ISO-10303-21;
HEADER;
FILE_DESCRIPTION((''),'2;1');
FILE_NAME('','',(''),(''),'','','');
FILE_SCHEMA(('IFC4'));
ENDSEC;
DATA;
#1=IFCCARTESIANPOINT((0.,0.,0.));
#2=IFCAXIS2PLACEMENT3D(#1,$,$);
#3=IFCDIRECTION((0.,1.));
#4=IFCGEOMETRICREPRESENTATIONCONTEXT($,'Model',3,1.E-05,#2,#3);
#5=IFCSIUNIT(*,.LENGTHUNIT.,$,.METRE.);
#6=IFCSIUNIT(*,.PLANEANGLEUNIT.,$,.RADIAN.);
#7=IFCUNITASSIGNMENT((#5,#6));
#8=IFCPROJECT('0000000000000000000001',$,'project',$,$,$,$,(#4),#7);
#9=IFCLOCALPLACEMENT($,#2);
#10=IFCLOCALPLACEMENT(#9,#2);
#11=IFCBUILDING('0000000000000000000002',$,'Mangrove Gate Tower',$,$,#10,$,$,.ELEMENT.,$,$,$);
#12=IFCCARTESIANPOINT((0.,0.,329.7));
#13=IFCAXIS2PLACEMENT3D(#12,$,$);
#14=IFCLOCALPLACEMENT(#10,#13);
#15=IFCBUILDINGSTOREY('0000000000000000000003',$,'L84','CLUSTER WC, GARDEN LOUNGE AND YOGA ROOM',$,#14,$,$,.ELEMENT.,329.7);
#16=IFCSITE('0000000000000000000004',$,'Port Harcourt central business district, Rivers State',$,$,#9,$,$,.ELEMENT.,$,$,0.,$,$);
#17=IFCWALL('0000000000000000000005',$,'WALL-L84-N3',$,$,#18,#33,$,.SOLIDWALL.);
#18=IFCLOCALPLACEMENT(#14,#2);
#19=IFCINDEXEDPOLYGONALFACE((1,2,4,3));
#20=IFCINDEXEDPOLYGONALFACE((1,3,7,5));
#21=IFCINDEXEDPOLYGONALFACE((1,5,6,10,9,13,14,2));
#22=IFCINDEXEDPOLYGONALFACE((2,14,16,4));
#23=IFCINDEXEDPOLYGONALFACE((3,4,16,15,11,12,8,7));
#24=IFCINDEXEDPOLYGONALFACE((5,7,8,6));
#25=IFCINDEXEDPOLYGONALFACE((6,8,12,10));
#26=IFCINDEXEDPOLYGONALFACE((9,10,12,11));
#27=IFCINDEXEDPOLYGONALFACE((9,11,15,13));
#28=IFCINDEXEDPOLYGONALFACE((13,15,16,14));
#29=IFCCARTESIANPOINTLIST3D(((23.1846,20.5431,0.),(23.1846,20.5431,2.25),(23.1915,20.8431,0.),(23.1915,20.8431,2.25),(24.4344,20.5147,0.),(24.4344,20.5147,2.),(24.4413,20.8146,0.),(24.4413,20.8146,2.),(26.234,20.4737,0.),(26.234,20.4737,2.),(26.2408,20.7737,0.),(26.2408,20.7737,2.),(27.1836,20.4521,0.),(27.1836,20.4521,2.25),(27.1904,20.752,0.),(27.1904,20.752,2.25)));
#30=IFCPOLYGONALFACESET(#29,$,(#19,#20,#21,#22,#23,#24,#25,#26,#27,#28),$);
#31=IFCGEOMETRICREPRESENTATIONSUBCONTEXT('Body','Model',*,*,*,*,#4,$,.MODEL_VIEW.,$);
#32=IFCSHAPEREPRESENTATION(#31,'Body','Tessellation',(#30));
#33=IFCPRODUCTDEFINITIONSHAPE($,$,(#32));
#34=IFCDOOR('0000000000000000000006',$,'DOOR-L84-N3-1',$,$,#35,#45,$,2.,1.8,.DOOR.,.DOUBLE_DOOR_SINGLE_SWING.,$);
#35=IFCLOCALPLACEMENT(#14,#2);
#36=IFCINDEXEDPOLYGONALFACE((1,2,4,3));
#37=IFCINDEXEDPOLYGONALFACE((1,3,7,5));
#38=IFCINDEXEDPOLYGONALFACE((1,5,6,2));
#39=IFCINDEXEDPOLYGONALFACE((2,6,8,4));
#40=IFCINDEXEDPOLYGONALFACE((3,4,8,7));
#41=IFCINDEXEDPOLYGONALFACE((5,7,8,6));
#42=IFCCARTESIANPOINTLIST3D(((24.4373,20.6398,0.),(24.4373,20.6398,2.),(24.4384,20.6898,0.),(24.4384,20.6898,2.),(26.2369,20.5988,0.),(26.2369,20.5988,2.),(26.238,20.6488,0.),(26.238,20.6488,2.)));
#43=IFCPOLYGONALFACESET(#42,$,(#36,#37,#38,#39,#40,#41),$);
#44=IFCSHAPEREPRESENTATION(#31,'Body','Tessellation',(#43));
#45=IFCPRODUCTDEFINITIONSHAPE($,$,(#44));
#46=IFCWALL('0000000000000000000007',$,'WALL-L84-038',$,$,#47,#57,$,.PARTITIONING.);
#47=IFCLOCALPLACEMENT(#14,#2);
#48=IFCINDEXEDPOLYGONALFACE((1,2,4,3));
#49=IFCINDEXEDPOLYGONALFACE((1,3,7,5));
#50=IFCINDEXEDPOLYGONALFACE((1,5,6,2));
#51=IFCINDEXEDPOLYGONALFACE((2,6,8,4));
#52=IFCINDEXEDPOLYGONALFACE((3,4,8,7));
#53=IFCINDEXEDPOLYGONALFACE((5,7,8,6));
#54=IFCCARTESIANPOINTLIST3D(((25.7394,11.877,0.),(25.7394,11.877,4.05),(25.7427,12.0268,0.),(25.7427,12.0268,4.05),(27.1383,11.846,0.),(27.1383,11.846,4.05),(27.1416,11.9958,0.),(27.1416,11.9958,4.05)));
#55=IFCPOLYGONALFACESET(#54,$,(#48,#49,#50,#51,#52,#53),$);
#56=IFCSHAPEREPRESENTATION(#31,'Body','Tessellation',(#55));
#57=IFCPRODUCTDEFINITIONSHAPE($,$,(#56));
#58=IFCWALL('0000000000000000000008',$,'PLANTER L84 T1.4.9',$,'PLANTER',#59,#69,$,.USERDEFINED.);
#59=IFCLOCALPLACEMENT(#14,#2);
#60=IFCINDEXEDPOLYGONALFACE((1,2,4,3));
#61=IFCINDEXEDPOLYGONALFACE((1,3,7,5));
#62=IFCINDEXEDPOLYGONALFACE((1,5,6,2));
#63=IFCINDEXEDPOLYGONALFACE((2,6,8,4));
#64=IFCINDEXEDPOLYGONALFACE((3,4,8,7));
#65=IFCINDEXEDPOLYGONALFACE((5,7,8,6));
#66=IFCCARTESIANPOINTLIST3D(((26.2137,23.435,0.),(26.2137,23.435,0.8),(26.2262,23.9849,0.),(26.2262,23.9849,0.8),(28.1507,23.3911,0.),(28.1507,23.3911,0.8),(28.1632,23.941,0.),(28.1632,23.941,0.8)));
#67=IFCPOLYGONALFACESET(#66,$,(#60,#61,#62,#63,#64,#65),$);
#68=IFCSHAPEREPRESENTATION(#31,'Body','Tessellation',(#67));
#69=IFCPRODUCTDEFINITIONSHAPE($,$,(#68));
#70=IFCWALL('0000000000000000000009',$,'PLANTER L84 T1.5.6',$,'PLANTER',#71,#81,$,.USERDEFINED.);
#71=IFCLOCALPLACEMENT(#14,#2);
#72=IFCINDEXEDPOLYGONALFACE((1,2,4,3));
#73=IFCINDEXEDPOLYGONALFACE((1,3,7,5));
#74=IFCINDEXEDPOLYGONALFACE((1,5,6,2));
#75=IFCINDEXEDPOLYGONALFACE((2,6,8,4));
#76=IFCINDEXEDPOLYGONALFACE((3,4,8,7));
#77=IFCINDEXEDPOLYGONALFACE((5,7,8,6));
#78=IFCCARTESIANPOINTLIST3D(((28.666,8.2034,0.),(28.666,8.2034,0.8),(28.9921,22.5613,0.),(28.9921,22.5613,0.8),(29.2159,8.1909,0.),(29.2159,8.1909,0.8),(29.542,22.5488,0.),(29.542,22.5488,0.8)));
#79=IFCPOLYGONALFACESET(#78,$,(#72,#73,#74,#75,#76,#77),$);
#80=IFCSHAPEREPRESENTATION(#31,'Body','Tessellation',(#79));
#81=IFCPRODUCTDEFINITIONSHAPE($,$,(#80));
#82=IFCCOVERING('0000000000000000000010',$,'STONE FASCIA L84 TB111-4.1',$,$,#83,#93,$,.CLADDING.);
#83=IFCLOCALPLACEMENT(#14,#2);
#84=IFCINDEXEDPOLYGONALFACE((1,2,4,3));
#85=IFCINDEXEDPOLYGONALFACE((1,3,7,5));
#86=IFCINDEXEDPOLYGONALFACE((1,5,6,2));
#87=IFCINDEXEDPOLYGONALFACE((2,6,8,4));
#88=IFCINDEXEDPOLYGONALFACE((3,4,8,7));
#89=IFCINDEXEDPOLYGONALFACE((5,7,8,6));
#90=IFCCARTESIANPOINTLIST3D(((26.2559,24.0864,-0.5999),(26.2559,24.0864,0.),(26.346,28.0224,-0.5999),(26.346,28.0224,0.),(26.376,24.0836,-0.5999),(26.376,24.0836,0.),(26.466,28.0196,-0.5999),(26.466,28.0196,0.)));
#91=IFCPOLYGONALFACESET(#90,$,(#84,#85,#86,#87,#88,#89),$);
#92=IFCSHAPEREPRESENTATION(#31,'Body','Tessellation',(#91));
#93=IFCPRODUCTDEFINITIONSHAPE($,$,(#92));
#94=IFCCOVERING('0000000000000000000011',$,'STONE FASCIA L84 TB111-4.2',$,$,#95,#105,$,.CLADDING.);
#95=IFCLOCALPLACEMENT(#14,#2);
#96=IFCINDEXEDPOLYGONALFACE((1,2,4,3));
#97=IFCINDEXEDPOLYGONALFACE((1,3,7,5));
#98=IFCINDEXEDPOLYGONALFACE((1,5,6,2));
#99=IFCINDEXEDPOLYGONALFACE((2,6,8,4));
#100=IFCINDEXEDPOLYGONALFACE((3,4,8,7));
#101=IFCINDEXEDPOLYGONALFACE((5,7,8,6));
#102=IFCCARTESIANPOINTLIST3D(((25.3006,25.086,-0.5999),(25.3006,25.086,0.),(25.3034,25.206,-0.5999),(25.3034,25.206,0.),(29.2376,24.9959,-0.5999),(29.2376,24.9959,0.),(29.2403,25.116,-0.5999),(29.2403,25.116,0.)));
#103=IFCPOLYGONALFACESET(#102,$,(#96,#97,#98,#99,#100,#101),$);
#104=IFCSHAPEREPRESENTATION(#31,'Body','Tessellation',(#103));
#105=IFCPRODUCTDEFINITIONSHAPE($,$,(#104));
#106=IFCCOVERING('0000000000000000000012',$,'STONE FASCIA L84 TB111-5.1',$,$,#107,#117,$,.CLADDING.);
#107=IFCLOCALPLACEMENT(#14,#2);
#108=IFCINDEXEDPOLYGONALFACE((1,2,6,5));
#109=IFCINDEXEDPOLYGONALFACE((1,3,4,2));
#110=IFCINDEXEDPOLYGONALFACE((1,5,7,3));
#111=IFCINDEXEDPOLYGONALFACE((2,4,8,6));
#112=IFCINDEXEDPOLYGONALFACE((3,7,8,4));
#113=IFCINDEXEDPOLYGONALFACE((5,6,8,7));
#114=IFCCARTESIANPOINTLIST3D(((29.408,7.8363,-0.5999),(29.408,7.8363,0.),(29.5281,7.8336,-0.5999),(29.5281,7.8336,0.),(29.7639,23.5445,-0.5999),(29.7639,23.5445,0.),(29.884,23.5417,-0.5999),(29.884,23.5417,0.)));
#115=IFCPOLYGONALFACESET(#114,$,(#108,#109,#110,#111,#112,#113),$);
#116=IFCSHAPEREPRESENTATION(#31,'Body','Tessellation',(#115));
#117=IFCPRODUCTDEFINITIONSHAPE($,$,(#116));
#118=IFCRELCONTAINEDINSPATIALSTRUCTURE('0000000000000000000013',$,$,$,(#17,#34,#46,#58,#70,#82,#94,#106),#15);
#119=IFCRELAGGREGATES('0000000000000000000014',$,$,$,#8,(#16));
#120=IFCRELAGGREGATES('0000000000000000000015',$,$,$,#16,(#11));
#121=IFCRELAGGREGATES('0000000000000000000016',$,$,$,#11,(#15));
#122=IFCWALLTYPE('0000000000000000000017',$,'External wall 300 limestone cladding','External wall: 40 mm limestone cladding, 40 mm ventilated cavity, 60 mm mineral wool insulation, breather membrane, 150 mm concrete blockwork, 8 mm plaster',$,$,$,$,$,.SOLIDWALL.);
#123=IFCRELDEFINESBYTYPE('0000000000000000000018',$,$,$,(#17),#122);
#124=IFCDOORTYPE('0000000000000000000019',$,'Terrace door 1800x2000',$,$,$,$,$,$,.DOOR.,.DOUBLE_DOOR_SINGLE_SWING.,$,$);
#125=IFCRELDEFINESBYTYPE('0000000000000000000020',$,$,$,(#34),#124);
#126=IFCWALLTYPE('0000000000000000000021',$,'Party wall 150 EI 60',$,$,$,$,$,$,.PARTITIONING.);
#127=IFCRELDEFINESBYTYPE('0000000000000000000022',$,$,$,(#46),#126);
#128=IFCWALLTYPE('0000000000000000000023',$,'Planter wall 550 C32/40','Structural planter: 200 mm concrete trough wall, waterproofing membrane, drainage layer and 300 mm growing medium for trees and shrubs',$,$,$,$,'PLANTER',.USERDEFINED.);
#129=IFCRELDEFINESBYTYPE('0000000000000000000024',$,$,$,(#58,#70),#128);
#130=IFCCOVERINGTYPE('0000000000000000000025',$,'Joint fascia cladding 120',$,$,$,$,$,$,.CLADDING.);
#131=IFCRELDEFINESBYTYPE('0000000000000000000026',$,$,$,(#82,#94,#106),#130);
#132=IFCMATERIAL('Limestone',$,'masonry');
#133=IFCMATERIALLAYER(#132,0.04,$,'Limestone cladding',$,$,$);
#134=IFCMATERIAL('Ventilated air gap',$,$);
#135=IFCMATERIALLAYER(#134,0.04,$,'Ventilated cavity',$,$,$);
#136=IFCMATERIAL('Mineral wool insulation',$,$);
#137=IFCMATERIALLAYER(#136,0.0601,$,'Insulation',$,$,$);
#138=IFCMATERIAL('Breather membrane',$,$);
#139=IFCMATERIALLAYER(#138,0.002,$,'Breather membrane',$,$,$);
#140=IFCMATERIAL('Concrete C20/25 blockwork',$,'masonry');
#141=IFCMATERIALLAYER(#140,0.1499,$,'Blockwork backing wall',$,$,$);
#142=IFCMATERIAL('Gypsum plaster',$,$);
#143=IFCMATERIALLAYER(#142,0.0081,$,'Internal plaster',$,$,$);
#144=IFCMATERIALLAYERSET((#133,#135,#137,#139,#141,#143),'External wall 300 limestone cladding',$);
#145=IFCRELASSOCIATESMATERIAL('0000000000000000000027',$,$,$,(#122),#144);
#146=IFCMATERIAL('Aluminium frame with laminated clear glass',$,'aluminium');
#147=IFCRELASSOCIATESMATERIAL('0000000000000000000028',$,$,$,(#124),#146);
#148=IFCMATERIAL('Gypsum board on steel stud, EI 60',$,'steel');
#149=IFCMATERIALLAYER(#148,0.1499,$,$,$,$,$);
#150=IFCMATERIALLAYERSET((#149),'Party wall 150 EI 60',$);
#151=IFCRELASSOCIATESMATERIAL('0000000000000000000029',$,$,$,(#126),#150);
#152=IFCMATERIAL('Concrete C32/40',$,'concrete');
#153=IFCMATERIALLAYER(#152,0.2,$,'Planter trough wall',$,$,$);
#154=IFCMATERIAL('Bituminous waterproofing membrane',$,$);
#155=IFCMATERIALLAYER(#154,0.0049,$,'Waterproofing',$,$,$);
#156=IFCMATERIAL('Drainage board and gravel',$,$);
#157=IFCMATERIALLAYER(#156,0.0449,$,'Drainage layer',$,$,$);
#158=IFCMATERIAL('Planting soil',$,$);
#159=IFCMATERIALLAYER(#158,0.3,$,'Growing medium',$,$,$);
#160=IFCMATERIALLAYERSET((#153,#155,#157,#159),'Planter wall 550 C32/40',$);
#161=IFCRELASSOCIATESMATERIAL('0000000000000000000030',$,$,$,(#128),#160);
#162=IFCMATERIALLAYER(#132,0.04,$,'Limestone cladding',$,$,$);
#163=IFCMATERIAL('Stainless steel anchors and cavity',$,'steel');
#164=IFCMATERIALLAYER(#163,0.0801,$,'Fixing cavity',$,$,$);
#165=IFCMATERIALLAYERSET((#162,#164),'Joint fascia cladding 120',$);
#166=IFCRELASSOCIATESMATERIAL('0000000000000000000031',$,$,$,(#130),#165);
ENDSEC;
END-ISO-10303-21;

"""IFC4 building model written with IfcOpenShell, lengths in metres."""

from ifc_helpers import new_model, si_unit, direction, frame, frame_2d, origin, place, context, subcontext, project, spatial, rectangle, extrude, material, layer, layer_set, type_object, element, fill, save


model = new_model("IFC4")

# Units and contexts
model_context = context("Model", 3, precision=1e-05, world=origin(), true_north=direction((0.0, 1.0)))
body_context = subcontext(model_context, "Body", "Model", "MODEL_VIEW")
ifc_project = project(units=[si_unit("LENGTHUNIT", "METRE"), si_unit("PLANEANGLEUNIT", "RADIAN")], contexts=[model_context])

# Site, building, storey
site_placement = place(None, origin())
site = spatial("IfcSite", under=ifc_project, at=site_placement, Name="Port Harcourt central business district, Rivers State", CompositionType="ELEMENT", RefElevation=0.0)
building_placement = place(site_placement, origin())
building = spatial("IfcBuilding", under=site, at=building_placement, Name="Mangrove Gate Tower", CompositionType="ELEMENT")
storey_placement = place(building_placement, frame((0.0, 0.0, 329.7)))
storey = spatial("IfcBuildingStorey", under=building, at=storey_placement, Name="L84", Description="CLUSTER WC, GARDEN LOUNGE AND YOGA ROOM", CompositionType="ELEMENT", Elevation=329.7)

# Wall, opening, door
ifc_material_1 = material(Name="Limestone", Category="masonry")
ifc_layer_1 = layer(ifc_material_1, 0.04, Name="Limestone cladding")
ifc_material_2 = material(Name="Ventilated air gap")
ifc_layer_2 = layer(ifc_material_2, 0.04, Name="Ventilated cavity")
ifc_material_3 = material(Name="Mineral wool insulation")
ifc_layer_3 = layer(ifc_material_3, 0.0601, Name="Insulation")
ifc_material_4 = material(Name="Breather membrane")
ifc_layer_4 = layer(ifc_material_4, 0.002, Name="Breather membrane")
ifc_material_5 = material(Name="Concrete C20/25 blockwork", Category="masonry")
ifc_layer_5 = layer(ifc_material_5, 0.1499, Name="Blockwork backing wall")
ifc_material_6 = material(Name="Gypsum plaster")
ifc_layer_6 = layer(ifc_material_6, 0.0081, Name="Internal plaster")
ifc_layer_set_1 = layer_set([ifc_layer_1, ifc_layer_2, ifc_layer_3, ifc_layer_4, ifc_layer_5, ifc_layer_6], Name="External wall 300 limestone cladding")
wall_type_1 = type_object("IfcWallType", Name="External wall 300 limestone cladding", Description="External wall: 40 mm limestone cladding, 40 mm ventilated cavity, 60 mm mineral wool insulation, breather membrane, 150 mm concrete blockwork, 8 mm plaster", PredefinedType="SOLIDWALL", material=ifc_layer_set_1)
wall_1_placement = place(storey_placement, frame((27.187, 20.6021, 0.0), z_axis=(0.0, 0.0, 1.0), x_axis=(-0.999741, 0.022766, 0.0)))
wall_1 = element("IfcWall", 1, at=wall_1_placement, inside=storey, type_object=wall_type_1, Name="WALL-L84-N3", PredefinedType="SOLIDWALL", context=body_context, shape_type="SweptSolid", body=[
    extrude(rectangle(XDim=4.0, YDim=0.3, at=frame_2d((2.0, 0.0))), origin(), (0.0, 0.0, 1.0), 2.25),
])
opening_placement = place(wall_1_placement, frame((0.95, 0.0, 0.0)))
opening = element("IfcOpeningElement", 2, at=opening_placement, cuts=wall_1, PredefinedType="OPENING", context=body_context, shape_type="SweptSolid", body=[
    extrude(rectangle(XDim=1.8, YDim=2.0, at=frame_2d((0.8999, 1.0))), frame((0.0, 0.1599, 0.0), z_axis=(0.0, -1.0, 0.0), x_axis=(1.0, 0.0, 0.0)), (0.0, 0.0, 1.0), 0.3201),
])
ifc_material_7 = material(Name="Aluminium frame with laminated clear glass", Category="aluminium")
door_type = type_object("IfcDoorType", Name="Terrace door 1800x2000", OperationType="DOUBLE_DOOR_SINGLE_SWING", PredefinedType="DOOR", material=ifc_material_7)
door_placement = place(opening_placement, origin())
door = element("IfcDoor", 3, at=door_placement, inside=storey, type_object=door_type, Name="DOOR-L84-N3-1", OperationType="DOUBLE_DOOR_SINGLE_SWING", OverallHeight=2.0, OverallWidth=1.8, PredefinedType="DOOR", context=body_context, shape_type="SweptSolid", body=[
    extrude(rectangle(XDim=1.8, YDim=2.0, at=frame_2d((0.8999, 1.0))), frame((0.0, 0.0249, 0.0), z_axis=(0.0, -1.0, 0.0), x_axis=(1.0, 0.0, 0.0)), (0.0, 0.0, 1.0), 0.05),
])
fill(opening, door)

# Walls
ifc_material_8 = material(Name="Gypsum board on steel stud, EI 60", Category="steel")
ifc_layer_7 = layer(ifc_material_8, 0.1499)
ifc_layer_set_2 = layer_set([ifc_layer_7], Name="Party wall 150 EI 60")
wall_type_2 = type_object("IfcWallType", Name="Party wall 150 EI 60", PredefinedType="PARTITIONING", material=ifc_layer_set_2)
wall_2_placement = place(storey_placement, frame((25.741, 11.9519, 0.0), z_axis=(0.0, 0.0, 1.0), x_axis=(0.999754, -0.022159, 0.0)))
element("IfcWall", 4, at=wall_2_placement, inside=storey, type_object=wall_type_2, Name="WALL-L84-038", PredefinedType="PARTITIONING", context=body_context, shape_type="SweptSolid", body=[
    extrude(rectangle(XDim=1.3992, YDim=0.1499, at=frame_2d((0.6997, 0.0))), origin(), (0.0, 0.0, 1.0), 4.05),
])
ifc_material_9 = material(Name="Concrete C32/40", Category="concrete")
ifc_layer_8 = layer(ifc_material_9, 0.2, Name="Planter trough wall")
ifc_material_10 = material(Name="Bituminous waterproofing membrane")
ifc_layer_9 = layer(ifc_material_10, 0.0049, Name="Waterproofing")
ifc_material_11 = material(Name="Drainage board and gravel")
ifc_layer_10 = layer(ifc_material_11, 0.0449, Name="Drainage layer")
ifc_material_12 = material(Name="Planting soil")
ifc_layer_11 = layer(ifc_material_12, 0.3, Name="Growing medium")
ifc_layer_set_3 = layer_set([ifc_layer_8, ifc_layer_9, ifc_layer_10, ifc_layer_11], Name="Planter wall 550 C32/40")
wall_type_3 = type_object("IfcWallType", Name="Planter wall 550 C32/40", Description="Structural planter: 200 mm concrete trough wall, waterproofing membrane, drainage layer and 300 mm growing medium for trees and shrubs", ElementType="PLANTER", PredefinedType="USERDEFINED", material=ifc_layer_set_3)
wall_3_placement = place(storey_placement, frame((26.22, 23.71, 0.0), z_axis=(0.0, 0.0, 1.0), x_axis=(0.999743, -0.022681, 0.0)))
element("IfcWall", 5, at=wall_3_placement, inside=storey, type_object=wall_type_3, Name="PLANTER L84 T1.4.9", ObjectType="PLANTER", PredefinedType="USERDEFINED", context=body_context, shape_type="SweptSolid", body=[
    extrude(rectangle(XDim=1.9375, YDim=0.55, at=frame_2d((0.9688, 0.0))), origin(), (0.0, 0.0, 1.0), 0.8),
])
wall_4_placement = place(storey_placement, frame((29.2671, 22.5549, 0.0), z_axis=(0.0, 0.0, 1.0), x_axis=(-0.022711, -0.999742, 0.0)))
element("IfcWall", 6, at=wall_4_placement, inside=storey, type_object=wall_type_3, Name="PLANTER L84 T1.5.6", ObjectType="PLANTER", PredefinedType="USERDEFINED", context=body_context, shape_type="SweptSolid", body=[
    extrude(rectangle(XDim=14.3616, YDim=0.55, at=frame_2d((7.1807, 0.0))), origin(), (0.0, 0.0, 1.0), 0.8),
])

# Coverings
ifc_layer_12 = layer(ifc_material_1, 0.04, Name="Limestone cladding")
ifc_material_13 = material(Name="Stainless steel anchors and cavity", Category="steel")
ifc_layer_13 = layer(ifc_material_13, 0.0801, Name="Fixing cavity")
ifc_layer_set_4 = layer_set([ifc_layer_12, ifc_layer_13], Name="Joint fascia cladding 120")
covering_type = type_object("IfcCoveringType", Name="Joint fascia cladding 120", PredefinedType="CLADDING", material=ifc_layer_set_4)
covering_1_placement = place(storey_placement, frame((26.406, 28.021, -0.5999), z_axis=(0.0, 0.0, 1.0), x_axis=(-0.022882, -0.999738, 0.0)))
element("IfcCovering", 7, at=covering_1_placement, inside=storey, type_object=covering_type, Name="STONE FASCIA L84 TB111-4.1", PredefinedType="CLADDING", context=body_context, shape_type="SweptSolid", body=[
    extrude(rectangle(XDim=3.937, YDim=0.1201, at=frame_2d((1.9685, 0.0))), origin(), (0.0, 0.0, 1.0), 0.5999),
])
covering_2_placement = place(storey_placement, frame((25.302, 25.146, -0.5999), z_axis=(0.0, 0.0, 1.0), x_axis=(0.999738, -0.022876, 0.0)))
element("IfcCovering", 8, at=covering_2_placement, inside=storey, type_object=covering_type, Name="STONE FASCIA L84 TB111-4.2", PredefinedType="CLADDING", context=body_context, shape_type="SweptSolid", body=[
    extrude(rectangle(XDim=3.938, YDim=0.1201, at=frame_2d((1.969, 0.0))), origin(), (0.0, 0.0, 1.0), 0.5999),
])
covering_3_placement = place(storey_placement, frame((29.824, 23.543, -0.5999), z_axis=(0.0, 0.0, 1.0), x_axis=(-0.022655, -0.999743, 0.0)))
element("IfcCovering", 9, at=covering_3_placement, inside=storey, type_object=covering_type, Name="STONE FASCIA L84 TB111-5.1", PredefinedType="CLADDING", context=body_context, shape_type="SweptSolid", body=[
    extrude(rectangle(XDim=15.7122, YDim=0.1201, at=frame_2d((7.856, 0.0))), origin(), (0.0, 0.0, 1.0), 0.5999),
])

save(model, "model.ifc")
